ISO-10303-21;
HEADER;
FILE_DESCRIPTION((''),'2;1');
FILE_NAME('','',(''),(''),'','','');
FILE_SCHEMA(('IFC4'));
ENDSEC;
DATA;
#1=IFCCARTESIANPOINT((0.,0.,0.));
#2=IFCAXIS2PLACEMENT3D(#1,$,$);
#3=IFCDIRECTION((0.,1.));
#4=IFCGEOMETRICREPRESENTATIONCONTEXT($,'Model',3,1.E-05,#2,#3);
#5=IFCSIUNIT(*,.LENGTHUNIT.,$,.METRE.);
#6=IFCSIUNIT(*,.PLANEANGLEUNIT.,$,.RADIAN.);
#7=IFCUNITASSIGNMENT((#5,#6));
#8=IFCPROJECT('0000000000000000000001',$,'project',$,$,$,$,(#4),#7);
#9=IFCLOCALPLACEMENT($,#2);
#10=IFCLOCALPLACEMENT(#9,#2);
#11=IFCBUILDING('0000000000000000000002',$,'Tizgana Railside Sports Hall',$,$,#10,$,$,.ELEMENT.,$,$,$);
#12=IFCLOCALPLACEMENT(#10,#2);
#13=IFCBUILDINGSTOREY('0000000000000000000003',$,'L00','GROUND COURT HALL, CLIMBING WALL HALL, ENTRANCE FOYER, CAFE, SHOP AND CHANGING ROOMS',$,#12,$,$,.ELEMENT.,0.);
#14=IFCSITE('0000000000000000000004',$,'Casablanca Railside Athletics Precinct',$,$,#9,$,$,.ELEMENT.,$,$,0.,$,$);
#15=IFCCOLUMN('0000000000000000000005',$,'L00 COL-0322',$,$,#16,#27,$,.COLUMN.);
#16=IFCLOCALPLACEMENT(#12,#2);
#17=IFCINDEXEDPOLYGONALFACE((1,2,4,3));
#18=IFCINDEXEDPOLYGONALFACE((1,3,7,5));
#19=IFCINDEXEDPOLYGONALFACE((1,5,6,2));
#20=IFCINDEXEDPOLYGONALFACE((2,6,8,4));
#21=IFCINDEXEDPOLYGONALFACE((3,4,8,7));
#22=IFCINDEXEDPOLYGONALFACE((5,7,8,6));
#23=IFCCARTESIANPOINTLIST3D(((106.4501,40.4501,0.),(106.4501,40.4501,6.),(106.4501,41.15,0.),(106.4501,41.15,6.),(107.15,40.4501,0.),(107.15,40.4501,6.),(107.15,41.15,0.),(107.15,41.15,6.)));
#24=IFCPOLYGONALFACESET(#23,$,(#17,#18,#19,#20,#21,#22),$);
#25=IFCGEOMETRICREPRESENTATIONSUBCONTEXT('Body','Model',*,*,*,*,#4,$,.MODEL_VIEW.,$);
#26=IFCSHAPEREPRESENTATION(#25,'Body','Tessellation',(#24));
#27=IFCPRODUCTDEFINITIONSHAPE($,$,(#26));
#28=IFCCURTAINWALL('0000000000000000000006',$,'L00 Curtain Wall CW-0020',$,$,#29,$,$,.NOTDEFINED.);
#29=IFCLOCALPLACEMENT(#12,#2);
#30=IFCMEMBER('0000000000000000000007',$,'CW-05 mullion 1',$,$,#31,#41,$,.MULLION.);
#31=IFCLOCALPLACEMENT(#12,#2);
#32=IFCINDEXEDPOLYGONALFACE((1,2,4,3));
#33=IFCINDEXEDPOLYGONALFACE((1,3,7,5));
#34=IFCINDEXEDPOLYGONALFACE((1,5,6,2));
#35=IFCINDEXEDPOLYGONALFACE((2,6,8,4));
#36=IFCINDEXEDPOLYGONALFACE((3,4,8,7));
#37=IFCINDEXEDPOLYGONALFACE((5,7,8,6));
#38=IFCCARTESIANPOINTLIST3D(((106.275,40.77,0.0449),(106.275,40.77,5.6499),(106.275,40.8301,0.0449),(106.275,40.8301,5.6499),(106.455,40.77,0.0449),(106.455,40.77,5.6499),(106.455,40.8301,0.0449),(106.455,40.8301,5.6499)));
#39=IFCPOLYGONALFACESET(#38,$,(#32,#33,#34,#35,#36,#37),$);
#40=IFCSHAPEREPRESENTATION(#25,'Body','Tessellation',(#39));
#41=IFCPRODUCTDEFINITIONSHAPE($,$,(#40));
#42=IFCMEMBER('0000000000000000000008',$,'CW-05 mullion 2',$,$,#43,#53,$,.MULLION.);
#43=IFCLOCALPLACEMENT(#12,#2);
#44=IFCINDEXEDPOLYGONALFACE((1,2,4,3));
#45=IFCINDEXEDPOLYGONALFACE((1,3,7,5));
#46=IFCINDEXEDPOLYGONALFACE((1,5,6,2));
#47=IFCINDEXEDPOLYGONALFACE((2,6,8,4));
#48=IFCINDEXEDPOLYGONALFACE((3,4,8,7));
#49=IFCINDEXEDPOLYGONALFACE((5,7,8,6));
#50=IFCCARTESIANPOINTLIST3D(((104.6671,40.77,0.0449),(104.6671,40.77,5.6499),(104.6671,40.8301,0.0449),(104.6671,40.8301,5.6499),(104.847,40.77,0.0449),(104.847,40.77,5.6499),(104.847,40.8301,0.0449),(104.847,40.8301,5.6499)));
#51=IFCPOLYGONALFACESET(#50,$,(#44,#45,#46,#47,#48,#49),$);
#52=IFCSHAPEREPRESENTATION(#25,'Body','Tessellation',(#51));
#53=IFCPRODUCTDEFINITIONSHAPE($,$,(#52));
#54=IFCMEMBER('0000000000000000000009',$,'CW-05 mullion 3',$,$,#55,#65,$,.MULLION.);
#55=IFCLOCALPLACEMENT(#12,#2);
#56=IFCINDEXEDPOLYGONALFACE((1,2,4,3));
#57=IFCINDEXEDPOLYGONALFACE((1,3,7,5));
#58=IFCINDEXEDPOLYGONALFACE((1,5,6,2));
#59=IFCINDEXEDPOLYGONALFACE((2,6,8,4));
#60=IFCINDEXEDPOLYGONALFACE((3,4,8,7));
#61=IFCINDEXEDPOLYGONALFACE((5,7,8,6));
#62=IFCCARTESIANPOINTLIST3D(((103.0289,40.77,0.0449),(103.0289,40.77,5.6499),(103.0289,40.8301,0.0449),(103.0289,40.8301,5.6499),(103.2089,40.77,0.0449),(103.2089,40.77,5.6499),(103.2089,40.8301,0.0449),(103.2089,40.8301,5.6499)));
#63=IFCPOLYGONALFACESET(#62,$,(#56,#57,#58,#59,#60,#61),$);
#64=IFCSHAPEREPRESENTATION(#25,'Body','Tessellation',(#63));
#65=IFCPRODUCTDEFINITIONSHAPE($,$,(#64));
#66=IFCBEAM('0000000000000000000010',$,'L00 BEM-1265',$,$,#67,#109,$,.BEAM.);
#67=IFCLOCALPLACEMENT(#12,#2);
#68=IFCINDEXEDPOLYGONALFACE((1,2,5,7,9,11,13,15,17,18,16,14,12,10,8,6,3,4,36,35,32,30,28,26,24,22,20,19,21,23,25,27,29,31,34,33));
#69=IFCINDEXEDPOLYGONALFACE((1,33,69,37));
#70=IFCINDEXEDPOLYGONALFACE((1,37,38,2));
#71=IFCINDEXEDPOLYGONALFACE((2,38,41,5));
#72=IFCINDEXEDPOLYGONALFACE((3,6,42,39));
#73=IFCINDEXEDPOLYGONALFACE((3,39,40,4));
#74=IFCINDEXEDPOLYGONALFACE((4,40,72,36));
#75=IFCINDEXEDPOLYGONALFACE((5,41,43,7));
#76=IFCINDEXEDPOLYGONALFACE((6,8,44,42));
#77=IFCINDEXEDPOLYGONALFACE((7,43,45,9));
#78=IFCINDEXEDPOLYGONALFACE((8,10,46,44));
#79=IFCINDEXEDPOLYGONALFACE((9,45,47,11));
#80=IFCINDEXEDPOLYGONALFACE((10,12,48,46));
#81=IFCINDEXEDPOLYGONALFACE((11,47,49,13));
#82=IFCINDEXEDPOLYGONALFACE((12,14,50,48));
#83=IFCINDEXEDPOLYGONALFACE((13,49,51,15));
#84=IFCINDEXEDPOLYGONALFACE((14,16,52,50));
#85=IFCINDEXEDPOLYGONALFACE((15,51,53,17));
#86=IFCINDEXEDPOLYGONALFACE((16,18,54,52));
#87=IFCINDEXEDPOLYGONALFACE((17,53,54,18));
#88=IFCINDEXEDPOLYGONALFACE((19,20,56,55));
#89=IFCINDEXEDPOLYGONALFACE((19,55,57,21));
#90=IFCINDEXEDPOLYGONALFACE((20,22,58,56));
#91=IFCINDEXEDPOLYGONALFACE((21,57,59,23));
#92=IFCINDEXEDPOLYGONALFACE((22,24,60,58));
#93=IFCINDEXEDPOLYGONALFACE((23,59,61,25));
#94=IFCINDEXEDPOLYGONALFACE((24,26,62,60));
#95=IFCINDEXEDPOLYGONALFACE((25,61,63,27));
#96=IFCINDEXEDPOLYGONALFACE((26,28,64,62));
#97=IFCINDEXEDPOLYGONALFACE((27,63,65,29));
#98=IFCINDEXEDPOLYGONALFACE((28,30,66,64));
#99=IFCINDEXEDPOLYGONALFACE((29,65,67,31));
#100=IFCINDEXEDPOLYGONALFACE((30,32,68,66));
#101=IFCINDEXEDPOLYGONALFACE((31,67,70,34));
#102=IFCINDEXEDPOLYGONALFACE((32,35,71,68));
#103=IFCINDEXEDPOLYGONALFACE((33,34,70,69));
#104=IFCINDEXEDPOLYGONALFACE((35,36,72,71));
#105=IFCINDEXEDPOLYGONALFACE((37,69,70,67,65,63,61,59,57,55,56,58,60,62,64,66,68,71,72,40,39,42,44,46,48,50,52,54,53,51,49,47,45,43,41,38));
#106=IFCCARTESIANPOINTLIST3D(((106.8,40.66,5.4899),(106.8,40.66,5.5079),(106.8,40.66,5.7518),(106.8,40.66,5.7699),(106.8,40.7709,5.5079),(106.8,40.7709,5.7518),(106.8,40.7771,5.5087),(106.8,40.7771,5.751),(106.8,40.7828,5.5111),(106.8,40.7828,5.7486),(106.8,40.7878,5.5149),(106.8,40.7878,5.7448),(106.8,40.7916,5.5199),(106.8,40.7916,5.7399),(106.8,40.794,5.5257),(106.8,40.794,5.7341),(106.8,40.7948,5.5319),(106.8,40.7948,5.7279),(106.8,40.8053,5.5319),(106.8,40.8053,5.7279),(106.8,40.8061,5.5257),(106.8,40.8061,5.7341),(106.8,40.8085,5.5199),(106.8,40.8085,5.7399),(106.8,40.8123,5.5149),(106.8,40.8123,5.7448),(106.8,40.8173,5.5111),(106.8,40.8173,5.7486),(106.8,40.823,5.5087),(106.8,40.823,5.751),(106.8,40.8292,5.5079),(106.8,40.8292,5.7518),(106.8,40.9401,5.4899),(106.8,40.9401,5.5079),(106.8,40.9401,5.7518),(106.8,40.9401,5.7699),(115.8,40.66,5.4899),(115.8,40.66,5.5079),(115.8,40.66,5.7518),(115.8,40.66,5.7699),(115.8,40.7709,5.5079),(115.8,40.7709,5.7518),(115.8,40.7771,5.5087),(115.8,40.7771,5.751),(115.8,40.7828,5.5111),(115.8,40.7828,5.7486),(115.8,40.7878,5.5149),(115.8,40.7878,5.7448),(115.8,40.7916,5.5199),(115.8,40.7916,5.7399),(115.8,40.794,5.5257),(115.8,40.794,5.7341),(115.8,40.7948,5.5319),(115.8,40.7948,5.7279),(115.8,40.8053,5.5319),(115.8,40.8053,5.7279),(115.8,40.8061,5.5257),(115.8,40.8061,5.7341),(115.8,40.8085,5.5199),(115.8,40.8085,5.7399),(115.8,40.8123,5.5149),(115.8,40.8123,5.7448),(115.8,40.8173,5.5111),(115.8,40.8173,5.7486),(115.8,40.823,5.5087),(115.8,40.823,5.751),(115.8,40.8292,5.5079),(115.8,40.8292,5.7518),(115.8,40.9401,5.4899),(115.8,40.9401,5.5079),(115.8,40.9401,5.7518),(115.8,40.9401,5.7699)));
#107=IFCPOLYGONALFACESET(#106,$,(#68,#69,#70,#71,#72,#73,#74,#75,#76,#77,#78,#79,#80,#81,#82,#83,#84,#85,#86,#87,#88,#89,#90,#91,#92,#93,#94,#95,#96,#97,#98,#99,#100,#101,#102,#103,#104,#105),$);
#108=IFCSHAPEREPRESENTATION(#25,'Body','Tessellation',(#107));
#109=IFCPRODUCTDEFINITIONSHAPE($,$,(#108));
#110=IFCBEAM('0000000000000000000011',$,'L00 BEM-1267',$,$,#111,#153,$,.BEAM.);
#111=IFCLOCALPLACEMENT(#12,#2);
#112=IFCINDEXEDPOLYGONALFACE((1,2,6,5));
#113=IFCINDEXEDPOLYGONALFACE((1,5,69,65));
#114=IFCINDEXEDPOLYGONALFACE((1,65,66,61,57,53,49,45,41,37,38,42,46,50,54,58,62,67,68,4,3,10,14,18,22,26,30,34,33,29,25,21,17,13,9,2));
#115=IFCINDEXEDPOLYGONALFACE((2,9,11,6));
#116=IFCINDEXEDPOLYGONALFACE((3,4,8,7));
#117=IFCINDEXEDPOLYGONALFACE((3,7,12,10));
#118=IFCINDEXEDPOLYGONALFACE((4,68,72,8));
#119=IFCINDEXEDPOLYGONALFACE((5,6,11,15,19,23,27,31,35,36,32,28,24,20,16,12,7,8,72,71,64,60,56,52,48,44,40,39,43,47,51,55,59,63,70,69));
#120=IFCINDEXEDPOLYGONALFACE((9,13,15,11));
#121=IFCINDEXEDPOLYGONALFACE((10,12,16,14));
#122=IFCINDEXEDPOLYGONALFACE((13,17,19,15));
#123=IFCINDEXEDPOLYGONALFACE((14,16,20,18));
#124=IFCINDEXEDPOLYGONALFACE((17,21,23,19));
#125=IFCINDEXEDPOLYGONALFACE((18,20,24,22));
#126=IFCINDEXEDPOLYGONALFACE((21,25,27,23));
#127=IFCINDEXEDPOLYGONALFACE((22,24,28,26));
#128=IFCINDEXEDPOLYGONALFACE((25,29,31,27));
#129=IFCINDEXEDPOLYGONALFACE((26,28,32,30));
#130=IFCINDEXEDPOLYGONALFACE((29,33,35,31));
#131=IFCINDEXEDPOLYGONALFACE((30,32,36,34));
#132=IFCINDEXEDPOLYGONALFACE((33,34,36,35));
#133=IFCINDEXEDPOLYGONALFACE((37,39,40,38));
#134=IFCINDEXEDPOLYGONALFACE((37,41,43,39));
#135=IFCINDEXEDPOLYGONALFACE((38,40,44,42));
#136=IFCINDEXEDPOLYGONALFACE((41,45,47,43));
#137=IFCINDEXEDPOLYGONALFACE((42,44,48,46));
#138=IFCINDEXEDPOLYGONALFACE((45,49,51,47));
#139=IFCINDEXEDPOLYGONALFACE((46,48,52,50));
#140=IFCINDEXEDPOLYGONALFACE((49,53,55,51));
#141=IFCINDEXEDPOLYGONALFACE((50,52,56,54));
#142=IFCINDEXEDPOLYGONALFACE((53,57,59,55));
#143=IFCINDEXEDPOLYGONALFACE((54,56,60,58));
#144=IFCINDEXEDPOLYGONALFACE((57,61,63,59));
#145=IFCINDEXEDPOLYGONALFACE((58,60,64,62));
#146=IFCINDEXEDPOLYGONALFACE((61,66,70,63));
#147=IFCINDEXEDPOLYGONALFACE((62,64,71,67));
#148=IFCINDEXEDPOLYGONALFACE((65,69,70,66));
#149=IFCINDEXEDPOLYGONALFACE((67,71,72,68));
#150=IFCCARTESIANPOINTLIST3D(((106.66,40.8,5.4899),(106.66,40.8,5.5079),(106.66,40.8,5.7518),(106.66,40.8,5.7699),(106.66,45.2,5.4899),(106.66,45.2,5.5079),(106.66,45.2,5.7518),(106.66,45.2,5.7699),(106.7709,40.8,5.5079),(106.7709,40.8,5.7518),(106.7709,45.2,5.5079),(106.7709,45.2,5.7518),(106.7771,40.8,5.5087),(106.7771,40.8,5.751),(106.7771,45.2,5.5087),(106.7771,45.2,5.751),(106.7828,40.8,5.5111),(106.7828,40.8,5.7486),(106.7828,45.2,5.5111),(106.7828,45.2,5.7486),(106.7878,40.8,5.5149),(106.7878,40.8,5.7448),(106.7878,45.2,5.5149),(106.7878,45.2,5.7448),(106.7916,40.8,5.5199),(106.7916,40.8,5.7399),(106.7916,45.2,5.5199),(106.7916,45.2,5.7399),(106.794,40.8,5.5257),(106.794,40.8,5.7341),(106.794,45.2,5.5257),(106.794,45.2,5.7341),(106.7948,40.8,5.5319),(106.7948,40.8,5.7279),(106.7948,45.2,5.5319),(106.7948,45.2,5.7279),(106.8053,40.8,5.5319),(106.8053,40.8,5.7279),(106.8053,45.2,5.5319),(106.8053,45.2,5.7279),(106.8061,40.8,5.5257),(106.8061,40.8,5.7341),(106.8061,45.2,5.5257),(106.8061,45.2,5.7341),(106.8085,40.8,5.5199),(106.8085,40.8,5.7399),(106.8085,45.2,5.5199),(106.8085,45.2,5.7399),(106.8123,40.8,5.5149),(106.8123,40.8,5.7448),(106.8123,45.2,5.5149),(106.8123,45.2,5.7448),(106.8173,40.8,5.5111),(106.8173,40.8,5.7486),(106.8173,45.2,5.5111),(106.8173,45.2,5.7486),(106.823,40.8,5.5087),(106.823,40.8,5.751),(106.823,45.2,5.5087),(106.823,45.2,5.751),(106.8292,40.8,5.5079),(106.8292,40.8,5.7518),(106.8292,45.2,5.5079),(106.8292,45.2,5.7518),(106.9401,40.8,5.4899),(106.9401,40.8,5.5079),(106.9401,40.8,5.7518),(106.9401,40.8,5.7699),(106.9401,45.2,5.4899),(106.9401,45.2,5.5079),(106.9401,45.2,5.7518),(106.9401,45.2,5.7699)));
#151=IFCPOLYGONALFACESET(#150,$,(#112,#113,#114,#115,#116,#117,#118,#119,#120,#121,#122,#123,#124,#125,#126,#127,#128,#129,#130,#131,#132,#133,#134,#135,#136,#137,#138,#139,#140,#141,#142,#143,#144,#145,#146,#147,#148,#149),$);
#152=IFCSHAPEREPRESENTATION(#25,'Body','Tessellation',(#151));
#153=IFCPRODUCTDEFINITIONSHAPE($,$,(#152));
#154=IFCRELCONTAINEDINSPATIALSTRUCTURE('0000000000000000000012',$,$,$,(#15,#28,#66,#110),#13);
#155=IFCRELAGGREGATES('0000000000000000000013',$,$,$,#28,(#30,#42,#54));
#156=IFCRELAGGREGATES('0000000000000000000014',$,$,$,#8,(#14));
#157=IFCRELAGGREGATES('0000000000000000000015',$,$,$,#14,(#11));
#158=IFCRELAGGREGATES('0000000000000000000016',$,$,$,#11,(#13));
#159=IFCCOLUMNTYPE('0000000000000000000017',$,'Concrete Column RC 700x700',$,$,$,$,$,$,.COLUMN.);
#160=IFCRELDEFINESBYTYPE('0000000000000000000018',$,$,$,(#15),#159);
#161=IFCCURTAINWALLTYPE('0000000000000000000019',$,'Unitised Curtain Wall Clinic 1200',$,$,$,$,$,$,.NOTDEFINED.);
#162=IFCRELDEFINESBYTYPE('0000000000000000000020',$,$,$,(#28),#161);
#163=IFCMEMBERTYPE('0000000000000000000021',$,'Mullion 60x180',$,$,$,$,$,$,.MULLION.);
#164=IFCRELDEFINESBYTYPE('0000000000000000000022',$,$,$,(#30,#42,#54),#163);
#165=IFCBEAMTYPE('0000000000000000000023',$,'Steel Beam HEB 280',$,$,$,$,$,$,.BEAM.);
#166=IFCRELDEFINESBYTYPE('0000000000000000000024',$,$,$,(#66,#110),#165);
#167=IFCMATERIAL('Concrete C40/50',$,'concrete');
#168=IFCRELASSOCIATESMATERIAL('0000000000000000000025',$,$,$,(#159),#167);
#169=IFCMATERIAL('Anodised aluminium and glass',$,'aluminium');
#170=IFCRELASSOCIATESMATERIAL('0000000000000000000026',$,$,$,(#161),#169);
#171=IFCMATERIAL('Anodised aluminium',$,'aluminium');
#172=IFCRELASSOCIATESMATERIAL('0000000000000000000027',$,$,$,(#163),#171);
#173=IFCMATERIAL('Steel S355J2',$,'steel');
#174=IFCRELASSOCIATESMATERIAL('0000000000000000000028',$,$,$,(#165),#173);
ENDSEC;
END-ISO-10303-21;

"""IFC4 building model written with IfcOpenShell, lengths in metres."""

from ifc_helpers import new_model, si_unit, direction, frame, origin, origin_2d, place, context, subcontext, project, spatial, rectangle, i_section, extrude, material, material_profile, profile_set, type_object, element, aggregate, save


model = new_model("IFC4")

# Units and contexts
model_context = context("Model", 3, precision=1e-05, world=origin(), true_north=direction((0.0, 1.0)))
body_context = subcontext(model_context, "Body", "Model", "MODEL_VIEW")
ifc_project = project(units=[si_unit("LENGTHUNIT", "METRE"), si_unit("PLANEANGLEUNIT", "RADIAN")], contexts=[model_context])

# Site, building, storey
site_placement = place(None, origin())
site = spatial("IfcSite", under=ifc_project, at=site_placement, Name="Casablanca Railside Athletics Precinct", CompositionType="ELEMENT", RefElevation=0.0)
building_placement = place(site_placement, origin())
building = spatial("IfcBuilding", under=site, at=building_placement, Name="Tizgana Railside Sports Hall", CompositionType="ELEMENT")
storey_placement = place(building_placement, origin())
storey = spatial("IfcBuildingStorey", under=building, at=storey_placement, Name="L00", Description="GROUND COURT HALL, CLIMBING WALL HALL, ENTRANCE FOYER, CAFE, SHOP AND CHANGING ROOMS", CompositionType="ELEMENT", Elevation=0.0)

# Column
ifc_material_1 = material(Name="Concrete C40/50", Category="concrete")
ifc_material_profile_1 = material_profile(ifc_material_1, rectangle(XDim=0.7, YDim=0.7, at=origin_2d()), Name="RC 700x700")
ifc_profile_set_1 = profile_set([ifc_material_profile_1], Name="Concrete C40/50")
column_type = type_object("IfcColumnType", Name="Concrete Column RC 700x700", PredefinedType="COLUMN", material=ifc_profile_set_1)
column_placement = place(storey_placement, frame((106.8, 40.8, 0.0), z_axis=(0.0, 0.0, 1.0), x_axis=(1.0, 0.0, 0.0)))
element("IfcColumn", 1, at=column_placement, inside=storey, type_object=column_type, Name="L00 COL-0322", PredefinedType="COLUMN", context=body_context, shape_type="SweptSolid", body=[
    extrude(rectangle(XDim=0.7, YDim=0.7, at=origin_2d()), origin(), (0.0, 0.0, 1.0), 6.0),
])

# Curtain wall, members
ifc_material_2 = material(Name="Anodised aluminium and glass", Category="aluminium")
curtain_wall_type = type_object("IfcCurtainWallType", Name="Unitised Curtain Wall Clinic 1200", PredefinedType="NOTDEFINED", material=ifc_material_2)
curtain_wall_placement = place(storey_placement, origin())
curtain_wall = element("IfcCurtainWall", 2, at=curtain_wall_placement, inside=storey, type_object=curtain_wall_type, Name="L00 Curtain Wall CW-0020", PredefinedType="NOTDEFINED")
ifc_material_3 = material(Name="Anodised aluminium", Category="aluminium")
ifc_material_profile_2 = material_profile(ifc_material_3, rectangle(XDim=0.0601, YDim=0.1799, at=origin_2d()), Name="Mullion 60x180")
ifc_profile_set_2 = profile_set([ifc_material_profile_2], Name="Anodised aluminium")
member_type_1 = type_object("IfcMemberType", Name="Mullion 60x180", PredefinedType="MULLION", material=ifc_profile_set_2)
member_1_placement = place(storey_placement, frame((106.365, 40.8, 0.0449), z_axis=(0.0, 0.0, 1.0), x_axis=(0.0, -1.0, 0.0)))
member_1 = element("IfcMember", 3, at=member_1_placement, type_object=member_type_1, Name="CW-05 mullion 1", PredefinedType="MULLION", context=body_context, shape_type="SweptSolid", body=[
    extrude(rectangle(XDim=0.0601, YDim=0.1799, at=origin_2d()), origin(), (0.0, 0.0, 1.0), 5.605),
])
member_2_placement = place(storey_placement, frame((104.7571, 40.8, 0.0449), z_axis=(0.0, 0.0, 1.0), x_axis=(0.0, -1.0, 0.0)))
member_2 = element("IfcMember", 4, at=member_2_placement, type_object=member_type_1, Name="CW-05 mullion 2", PredefinedType="MULLION", context=body_context, shape_type="SweptSolid", body=[
    extrude(rectangle(XDim=0.0601, YDim=0.1799, at=origin_2d()), origin(), (0.0, 0.0, 1.0), 5.605),
])
member_3_placement = place(storey_placement, frame((103.1189, 40.8, 0.0449), z_axis=(0.0, 0.0, 1.0), x_axis=(0.0, -1.0, 0.0)))
member_3 = element("IfcMember", 5, at=member_3_placement, type_object=member_type_1, Name="CW-05 mullion 3", PredefinedType="MULLION", context=body_context, shape_type="SweptSolid", body=[
    extrude(rectangle(XDim=0.0601, YDim=0.1799, at=origin_2d()), origin(), (0.0, 0.0, 1.0), 5.605),
])

# Beams
ifc_material_4 = material(Name="Steel S355J2", Category="steel")
ifc_material_profile_3 = material_profile(ifc_material_4, i_section(OverallWidth=0.28, OverallDepth=0.28, WebThickness=0.0105, FlangeThickness=0.0181, FilletRadius=0.0239, at=origin_2d()), Name="HEB 280")
ifc_profile_set_3 = profile_set([ifc_material_profile_3], Name="Steel S355J2")
beam_type_1 = type_object("IfcBeamType", Name="Steel Beam HEB 280", PredefinedType="BEAM", material=ifc_profile_set_3)
beam_1_placement = place(storey_placement, frame((106.8, 40.8, 5.6299), z_axis=(1.0, 0.0, 0.0), x_axis=(0.0, 1.0, 0.0)))
element("IfcBeam", 6, at=beam_1_placement, inside=storey, type_object=beam_type_1, Name="L00 BEM-1265", PredefinedType="BEAM", context=body_context, shape_type="SweptSolid", body=[
    extrude(i_section(OverallWidth=0.28, OverallDepth=0.28, WebThickness=0.0105, FlangeThickness=0.0181, FilletRadius=0.0239, at=origin_2d()), origin(), (0.0, 0.0, 1.0), 9.0),
])
beam_2_placement = place(storey_placement, frame((106.8, 40.8, 5.6299), z_axis=(0.0, 1.0, 0.0), x_axis=(-1.0, 0.0, 0.0)))
element("IfcBeam", 7, at=beam_2_placement, inside=storey, type_object=beam_type_1, Name="L00 BEM-1267", PredefinedType="BEAM", context=body_context, shape_type="SweptSolid", body=[
    extrude(i_section(OverallWidth=0.28, OverallDepth=0.28, WebThickness=0.0105, FlangeThickness=0.0181, FilletRadius=0.0239, at=origin_2d()), origin(), (0.0, 0.0, 1.0), 4.3999),
])

aggregate(curtain_wall, [member_1, member_2, member_3])

save(model, "model.ifc")
